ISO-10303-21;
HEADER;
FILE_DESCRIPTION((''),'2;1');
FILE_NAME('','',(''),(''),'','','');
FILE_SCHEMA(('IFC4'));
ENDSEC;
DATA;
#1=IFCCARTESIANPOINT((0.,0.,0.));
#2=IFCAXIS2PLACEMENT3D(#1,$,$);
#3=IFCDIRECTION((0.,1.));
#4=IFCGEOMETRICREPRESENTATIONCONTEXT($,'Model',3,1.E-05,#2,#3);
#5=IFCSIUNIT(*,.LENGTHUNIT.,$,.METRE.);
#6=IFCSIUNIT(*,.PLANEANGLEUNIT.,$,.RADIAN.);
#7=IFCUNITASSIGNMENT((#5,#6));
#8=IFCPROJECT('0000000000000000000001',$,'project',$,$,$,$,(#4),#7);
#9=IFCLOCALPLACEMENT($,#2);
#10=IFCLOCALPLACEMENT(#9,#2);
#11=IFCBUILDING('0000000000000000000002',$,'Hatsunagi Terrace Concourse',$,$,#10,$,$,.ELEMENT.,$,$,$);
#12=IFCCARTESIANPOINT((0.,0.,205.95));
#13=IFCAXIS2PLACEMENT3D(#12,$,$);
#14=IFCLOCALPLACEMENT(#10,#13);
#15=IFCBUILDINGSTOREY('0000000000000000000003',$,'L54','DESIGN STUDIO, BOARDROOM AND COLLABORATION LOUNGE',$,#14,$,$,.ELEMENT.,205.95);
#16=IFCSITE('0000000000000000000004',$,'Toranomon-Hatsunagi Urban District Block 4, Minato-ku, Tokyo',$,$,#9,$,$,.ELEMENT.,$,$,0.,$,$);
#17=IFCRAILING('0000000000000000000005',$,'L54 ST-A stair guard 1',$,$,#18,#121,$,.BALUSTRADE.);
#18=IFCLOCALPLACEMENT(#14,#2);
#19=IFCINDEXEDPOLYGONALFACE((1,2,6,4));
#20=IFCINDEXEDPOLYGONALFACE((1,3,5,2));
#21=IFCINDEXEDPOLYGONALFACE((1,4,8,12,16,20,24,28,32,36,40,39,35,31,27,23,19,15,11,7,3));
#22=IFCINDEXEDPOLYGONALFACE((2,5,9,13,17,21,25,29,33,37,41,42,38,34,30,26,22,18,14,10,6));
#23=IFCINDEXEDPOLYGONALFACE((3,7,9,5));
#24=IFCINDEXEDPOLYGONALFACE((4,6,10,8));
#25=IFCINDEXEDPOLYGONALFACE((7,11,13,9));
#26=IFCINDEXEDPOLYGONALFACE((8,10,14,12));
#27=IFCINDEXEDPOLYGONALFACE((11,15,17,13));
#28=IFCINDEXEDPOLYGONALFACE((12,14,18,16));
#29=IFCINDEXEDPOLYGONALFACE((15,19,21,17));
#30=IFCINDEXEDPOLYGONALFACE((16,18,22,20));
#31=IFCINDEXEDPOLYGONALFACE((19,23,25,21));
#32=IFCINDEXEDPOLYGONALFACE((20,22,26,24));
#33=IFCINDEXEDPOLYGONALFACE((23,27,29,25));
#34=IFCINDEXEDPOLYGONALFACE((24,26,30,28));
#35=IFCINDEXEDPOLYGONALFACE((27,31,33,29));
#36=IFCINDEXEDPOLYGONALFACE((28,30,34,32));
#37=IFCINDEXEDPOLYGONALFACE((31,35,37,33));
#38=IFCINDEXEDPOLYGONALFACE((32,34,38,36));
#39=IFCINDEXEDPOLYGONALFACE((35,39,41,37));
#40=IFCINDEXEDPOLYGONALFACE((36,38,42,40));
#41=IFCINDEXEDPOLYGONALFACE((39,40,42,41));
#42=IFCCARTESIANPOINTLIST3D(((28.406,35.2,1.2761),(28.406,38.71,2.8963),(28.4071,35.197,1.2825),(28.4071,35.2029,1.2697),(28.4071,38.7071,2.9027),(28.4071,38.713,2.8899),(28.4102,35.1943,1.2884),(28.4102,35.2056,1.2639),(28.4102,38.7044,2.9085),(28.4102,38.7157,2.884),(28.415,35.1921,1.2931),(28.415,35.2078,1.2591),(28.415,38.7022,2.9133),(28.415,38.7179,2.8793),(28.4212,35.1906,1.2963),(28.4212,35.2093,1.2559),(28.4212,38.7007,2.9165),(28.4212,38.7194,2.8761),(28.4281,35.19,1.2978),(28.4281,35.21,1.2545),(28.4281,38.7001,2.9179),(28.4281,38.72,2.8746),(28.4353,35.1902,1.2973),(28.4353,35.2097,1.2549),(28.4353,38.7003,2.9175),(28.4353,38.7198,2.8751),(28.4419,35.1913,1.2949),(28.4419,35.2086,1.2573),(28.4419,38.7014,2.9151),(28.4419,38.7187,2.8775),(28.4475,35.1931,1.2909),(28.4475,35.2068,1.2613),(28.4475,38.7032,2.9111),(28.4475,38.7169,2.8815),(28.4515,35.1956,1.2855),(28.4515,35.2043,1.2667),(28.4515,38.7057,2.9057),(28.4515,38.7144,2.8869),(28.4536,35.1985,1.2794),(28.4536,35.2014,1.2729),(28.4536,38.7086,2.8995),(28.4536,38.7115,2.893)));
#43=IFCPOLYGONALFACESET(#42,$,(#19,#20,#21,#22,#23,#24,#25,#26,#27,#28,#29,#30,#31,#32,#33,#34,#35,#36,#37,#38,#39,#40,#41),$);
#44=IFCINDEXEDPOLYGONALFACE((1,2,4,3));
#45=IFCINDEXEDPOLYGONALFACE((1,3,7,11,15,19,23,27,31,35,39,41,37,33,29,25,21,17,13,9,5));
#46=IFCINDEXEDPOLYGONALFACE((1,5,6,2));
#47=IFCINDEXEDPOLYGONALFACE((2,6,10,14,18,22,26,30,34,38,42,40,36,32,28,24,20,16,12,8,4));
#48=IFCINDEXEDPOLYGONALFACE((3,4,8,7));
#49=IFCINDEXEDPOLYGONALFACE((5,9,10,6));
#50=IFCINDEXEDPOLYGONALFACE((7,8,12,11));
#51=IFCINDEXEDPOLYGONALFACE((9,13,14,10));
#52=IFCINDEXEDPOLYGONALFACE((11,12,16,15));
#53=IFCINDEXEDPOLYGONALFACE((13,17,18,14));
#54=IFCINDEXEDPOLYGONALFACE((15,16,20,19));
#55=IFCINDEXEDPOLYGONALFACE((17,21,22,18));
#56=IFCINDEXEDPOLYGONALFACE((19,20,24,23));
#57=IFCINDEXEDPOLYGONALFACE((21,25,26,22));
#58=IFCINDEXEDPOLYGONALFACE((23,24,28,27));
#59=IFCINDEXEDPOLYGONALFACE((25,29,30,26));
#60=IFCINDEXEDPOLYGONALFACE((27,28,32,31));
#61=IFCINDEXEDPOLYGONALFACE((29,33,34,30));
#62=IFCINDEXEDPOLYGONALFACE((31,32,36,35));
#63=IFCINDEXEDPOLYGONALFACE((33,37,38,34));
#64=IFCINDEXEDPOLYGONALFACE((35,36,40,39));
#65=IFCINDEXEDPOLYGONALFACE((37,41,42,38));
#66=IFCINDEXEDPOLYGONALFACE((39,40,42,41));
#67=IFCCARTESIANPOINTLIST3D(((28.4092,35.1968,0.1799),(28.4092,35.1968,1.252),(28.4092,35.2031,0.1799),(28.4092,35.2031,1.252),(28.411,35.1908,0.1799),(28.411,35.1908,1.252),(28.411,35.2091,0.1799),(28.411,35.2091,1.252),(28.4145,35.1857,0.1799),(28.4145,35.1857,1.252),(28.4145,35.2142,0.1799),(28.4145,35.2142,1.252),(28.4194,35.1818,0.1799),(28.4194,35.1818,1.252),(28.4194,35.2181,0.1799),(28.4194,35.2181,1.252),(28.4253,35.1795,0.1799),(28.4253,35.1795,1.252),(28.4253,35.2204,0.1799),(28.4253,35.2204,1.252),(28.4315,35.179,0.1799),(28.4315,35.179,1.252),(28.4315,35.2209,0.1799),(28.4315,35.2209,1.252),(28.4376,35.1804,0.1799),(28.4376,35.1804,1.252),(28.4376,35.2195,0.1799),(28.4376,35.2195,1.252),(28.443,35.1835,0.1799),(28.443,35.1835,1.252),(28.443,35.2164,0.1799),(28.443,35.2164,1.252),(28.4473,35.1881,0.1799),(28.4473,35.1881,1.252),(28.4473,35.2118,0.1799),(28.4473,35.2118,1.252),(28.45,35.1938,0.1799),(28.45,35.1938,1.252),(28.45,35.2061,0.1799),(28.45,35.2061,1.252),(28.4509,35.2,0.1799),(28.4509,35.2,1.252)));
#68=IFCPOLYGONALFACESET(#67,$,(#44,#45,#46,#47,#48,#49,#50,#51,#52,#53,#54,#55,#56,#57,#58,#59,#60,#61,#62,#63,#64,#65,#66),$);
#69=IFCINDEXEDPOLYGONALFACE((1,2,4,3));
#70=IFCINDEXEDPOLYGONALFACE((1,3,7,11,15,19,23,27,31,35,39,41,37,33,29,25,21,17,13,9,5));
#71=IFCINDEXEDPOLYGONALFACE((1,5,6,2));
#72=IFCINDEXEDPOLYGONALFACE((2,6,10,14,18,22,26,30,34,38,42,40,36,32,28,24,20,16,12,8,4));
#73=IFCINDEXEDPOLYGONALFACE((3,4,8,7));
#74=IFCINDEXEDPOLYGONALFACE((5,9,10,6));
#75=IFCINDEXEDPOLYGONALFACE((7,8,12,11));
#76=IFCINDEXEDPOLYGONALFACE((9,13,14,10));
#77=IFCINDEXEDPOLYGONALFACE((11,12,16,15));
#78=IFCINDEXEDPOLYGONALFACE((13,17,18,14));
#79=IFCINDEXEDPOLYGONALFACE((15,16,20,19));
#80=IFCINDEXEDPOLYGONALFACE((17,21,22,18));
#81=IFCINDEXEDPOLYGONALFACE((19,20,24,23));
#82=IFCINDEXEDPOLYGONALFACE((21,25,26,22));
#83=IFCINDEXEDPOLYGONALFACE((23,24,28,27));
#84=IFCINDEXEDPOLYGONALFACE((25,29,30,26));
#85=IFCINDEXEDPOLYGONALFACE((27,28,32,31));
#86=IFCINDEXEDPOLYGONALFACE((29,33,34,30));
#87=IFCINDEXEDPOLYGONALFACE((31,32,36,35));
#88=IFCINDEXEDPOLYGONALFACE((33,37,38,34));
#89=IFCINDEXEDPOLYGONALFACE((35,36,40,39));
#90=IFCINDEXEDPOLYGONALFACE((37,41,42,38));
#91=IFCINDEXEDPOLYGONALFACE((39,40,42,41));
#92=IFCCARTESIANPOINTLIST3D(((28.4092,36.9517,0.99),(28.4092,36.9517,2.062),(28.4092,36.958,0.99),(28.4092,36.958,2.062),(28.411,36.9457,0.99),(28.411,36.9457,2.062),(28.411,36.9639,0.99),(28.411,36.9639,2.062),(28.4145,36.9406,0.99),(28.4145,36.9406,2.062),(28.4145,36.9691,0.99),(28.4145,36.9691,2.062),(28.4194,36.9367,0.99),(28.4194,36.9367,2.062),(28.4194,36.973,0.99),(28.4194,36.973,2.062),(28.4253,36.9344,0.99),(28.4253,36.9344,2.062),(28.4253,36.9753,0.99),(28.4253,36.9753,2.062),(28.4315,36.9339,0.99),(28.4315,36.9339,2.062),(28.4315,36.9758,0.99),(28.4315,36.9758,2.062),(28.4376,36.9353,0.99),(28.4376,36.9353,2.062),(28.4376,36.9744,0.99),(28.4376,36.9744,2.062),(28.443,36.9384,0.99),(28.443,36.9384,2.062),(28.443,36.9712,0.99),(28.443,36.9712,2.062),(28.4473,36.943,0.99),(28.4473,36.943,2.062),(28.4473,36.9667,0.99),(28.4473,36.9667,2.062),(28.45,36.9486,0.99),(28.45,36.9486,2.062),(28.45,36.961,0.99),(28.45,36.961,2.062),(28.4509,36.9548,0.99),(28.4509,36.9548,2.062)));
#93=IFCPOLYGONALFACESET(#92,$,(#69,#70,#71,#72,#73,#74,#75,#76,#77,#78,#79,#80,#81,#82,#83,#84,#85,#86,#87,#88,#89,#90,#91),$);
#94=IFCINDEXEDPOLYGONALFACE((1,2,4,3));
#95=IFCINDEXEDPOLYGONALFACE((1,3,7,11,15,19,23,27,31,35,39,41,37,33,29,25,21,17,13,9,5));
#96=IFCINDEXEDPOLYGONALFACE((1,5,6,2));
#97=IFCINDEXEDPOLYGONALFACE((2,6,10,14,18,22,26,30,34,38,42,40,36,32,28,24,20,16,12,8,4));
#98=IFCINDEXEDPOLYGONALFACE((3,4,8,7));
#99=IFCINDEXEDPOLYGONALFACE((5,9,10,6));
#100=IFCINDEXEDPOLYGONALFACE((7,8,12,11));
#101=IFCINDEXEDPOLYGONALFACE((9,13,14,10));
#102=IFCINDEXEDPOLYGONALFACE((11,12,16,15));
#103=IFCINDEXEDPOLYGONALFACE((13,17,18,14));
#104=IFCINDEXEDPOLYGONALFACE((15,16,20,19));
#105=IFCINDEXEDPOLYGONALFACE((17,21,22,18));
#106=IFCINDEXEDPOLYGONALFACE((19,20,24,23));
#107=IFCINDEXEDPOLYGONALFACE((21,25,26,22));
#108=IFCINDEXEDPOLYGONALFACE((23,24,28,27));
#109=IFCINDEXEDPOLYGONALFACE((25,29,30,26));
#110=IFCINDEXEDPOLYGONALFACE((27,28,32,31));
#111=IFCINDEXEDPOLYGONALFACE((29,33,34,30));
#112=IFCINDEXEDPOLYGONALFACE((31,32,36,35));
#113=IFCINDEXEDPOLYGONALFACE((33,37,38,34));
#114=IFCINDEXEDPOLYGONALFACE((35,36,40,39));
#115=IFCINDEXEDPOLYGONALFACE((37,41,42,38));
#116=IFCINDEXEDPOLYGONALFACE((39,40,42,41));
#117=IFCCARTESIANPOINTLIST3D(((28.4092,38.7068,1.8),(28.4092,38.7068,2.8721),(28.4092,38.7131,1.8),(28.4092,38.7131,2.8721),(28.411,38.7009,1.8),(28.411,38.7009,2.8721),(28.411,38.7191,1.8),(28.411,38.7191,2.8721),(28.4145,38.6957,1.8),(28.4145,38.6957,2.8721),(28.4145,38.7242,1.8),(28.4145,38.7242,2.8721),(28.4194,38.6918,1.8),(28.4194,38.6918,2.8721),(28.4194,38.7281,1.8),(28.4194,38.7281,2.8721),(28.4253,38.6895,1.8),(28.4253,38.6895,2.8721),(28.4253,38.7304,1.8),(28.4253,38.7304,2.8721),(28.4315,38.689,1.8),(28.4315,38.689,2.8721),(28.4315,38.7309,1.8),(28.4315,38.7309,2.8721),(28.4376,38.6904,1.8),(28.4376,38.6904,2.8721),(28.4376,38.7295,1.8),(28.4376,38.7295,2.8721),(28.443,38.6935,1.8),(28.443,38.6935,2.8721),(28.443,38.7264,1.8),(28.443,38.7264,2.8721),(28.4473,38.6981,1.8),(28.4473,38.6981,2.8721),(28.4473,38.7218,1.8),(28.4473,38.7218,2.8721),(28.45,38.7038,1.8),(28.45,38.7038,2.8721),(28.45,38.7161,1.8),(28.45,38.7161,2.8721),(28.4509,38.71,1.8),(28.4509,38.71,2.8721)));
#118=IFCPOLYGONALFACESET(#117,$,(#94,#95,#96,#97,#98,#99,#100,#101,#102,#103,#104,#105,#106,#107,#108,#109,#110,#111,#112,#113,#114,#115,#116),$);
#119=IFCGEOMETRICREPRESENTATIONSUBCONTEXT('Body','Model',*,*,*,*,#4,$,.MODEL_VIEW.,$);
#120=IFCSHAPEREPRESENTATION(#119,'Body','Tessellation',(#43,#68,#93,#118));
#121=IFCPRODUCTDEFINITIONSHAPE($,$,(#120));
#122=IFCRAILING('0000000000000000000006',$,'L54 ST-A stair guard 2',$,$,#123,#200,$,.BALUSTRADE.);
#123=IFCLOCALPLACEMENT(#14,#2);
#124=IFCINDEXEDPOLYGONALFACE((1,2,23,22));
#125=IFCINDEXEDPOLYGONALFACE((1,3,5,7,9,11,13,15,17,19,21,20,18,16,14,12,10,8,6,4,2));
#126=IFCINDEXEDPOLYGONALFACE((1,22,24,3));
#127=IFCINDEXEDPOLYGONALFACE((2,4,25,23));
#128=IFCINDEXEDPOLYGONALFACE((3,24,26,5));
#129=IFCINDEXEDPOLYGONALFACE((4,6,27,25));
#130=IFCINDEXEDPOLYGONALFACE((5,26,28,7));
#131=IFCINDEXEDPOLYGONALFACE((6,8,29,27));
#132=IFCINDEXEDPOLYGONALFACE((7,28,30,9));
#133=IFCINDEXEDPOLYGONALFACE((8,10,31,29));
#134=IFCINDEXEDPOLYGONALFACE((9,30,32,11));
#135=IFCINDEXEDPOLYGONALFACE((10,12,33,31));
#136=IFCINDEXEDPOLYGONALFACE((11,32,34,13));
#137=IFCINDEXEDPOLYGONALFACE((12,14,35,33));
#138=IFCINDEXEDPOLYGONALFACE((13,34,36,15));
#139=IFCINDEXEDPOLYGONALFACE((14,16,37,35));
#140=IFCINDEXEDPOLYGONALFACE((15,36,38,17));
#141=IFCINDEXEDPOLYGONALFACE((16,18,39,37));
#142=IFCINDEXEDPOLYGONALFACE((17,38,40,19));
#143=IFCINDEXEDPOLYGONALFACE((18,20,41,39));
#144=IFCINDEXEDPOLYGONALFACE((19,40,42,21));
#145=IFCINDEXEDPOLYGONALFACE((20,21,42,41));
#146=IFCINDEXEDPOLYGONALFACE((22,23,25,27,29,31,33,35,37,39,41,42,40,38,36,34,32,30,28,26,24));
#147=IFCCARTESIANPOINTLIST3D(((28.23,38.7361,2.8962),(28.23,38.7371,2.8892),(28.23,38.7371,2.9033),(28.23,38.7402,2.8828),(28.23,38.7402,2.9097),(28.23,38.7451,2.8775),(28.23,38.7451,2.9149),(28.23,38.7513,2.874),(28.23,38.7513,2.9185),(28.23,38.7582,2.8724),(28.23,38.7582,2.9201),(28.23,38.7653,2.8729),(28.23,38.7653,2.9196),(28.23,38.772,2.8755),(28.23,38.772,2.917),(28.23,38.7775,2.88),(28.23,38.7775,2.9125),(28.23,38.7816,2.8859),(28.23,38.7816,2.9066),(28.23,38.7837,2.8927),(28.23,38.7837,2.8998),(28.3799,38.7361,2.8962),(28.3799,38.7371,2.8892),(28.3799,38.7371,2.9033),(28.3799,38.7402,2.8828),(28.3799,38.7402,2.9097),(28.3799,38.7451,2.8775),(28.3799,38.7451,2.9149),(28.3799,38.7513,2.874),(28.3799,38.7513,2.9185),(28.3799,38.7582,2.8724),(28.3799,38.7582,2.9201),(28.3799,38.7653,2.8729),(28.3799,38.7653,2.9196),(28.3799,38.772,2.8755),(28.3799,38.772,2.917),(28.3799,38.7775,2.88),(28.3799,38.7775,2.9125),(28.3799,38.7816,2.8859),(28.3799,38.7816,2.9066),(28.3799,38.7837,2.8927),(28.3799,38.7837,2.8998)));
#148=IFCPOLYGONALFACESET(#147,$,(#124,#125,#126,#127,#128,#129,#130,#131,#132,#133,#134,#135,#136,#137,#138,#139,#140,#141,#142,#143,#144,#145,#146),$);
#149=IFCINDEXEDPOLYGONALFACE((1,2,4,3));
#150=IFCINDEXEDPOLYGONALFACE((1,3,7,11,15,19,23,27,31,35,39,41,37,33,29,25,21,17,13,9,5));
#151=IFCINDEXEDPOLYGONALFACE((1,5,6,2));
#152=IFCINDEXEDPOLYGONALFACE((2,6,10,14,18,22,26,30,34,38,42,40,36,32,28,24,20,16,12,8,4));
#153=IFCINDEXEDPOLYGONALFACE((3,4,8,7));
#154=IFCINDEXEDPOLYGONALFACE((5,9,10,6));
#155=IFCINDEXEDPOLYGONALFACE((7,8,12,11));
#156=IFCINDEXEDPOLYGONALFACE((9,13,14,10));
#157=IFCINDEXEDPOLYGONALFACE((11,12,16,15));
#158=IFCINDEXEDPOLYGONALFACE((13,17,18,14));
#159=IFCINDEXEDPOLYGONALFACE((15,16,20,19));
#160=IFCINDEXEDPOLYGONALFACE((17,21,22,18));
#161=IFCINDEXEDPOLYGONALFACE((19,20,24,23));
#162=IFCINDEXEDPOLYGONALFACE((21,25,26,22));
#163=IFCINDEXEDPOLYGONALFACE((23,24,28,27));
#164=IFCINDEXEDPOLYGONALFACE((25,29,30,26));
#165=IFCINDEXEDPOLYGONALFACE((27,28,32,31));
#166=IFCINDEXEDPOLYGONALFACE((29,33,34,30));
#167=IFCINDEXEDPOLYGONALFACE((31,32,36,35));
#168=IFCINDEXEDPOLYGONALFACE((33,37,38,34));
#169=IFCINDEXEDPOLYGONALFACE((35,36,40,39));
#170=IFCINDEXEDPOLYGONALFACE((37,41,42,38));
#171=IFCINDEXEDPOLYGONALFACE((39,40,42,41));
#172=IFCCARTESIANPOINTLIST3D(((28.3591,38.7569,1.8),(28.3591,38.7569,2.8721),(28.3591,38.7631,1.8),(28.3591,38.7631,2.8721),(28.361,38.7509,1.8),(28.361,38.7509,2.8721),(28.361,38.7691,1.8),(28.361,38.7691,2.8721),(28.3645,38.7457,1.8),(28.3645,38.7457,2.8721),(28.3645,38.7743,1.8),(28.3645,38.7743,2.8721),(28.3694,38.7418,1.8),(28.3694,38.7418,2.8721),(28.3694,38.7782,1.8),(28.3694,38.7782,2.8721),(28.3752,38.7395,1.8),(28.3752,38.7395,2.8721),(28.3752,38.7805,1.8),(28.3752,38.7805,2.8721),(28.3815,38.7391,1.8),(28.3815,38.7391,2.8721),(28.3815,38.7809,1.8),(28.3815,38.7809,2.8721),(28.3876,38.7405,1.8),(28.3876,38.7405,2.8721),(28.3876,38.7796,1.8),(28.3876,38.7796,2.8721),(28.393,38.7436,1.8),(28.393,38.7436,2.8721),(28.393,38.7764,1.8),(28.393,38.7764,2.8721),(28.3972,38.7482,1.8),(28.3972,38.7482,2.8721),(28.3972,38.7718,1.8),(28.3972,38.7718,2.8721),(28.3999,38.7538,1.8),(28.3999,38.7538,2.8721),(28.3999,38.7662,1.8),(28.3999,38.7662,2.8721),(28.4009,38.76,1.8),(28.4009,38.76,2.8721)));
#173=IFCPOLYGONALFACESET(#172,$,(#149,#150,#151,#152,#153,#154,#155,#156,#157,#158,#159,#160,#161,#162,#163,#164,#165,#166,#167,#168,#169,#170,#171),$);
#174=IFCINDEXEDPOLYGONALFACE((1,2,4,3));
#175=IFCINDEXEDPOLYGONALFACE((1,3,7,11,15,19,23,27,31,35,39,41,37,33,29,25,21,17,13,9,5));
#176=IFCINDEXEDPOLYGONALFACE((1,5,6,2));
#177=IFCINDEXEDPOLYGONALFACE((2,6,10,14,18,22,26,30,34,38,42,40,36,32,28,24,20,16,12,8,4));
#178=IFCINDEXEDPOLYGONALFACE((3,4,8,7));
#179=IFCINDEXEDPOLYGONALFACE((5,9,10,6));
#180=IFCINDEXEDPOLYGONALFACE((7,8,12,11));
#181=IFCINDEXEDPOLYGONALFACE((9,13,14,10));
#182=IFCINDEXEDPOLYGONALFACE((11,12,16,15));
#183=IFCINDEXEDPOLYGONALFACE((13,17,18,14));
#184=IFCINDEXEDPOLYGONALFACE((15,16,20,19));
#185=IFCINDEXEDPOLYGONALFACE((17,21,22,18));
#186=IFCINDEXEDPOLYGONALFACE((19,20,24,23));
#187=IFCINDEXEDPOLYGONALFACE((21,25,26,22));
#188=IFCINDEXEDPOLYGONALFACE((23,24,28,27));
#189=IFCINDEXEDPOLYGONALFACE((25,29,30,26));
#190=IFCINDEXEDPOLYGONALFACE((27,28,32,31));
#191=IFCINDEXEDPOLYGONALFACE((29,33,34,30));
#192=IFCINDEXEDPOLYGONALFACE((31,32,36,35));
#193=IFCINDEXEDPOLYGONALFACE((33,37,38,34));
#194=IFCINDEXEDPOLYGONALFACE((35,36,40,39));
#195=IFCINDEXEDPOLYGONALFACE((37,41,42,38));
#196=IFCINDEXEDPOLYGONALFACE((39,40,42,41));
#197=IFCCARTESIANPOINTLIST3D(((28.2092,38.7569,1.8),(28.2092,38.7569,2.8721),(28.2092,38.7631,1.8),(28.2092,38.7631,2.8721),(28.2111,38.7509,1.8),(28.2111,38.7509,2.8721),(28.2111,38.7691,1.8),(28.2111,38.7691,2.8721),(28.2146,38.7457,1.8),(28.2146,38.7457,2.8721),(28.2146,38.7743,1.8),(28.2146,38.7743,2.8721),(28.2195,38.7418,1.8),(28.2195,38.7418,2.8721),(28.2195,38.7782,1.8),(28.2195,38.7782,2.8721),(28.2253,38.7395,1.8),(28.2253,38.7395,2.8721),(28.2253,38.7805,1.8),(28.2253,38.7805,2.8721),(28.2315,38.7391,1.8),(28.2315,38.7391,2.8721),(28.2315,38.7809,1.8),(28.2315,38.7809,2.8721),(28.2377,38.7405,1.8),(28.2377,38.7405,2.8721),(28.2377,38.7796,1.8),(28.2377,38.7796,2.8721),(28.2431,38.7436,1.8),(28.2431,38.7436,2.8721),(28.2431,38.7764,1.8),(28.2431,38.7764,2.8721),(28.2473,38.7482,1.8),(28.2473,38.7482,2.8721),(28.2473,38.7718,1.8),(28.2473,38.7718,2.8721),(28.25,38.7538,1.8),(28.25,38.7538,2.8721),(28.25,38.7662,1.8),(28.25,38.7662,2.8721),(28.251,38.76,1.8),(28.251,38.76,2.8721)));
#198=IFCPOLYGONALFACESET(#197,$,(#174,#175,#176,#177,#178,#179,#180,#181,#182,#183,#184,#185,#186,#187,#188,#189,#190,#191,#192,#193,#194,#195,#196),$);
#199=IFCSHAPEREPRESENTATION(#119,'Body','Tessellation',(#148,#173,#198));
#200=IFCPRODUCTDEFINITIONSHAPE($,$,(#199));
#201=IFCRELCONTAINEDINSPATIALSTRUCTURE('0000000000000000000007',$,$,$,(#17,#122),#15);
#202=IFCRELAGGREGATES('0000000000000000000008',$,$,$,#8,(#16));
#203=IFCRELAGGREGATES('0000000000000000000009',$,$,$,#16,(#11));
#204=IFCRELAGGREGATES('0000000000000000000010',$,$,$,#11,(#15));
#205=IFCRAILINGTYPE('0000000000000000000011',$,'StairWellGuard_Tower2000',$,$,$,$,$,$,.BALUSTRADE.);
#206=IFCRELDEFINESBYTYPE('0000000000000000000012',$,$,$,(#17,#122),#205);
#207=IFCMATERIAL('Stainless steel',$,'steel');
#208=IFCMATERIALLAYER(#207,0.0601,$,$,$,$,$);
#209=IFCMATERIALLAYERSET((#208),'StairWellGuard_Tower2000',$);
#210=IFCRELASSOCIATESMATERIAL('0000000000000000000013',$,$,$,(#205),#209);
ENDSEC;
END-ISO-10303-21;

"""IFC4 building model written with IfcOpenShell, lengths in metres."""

from ifc_helpers import new_model, si_unit, direction, frame, origin, origin_2d, place, context, subcontext, project, spatial, circle, extrude, material, layer, layer_set, type_object, element, save


model = new_model("IFC4")

# Units and contexts
model_context = context("Model", 3, precision=1e-05, world=origin(), true_north=direction((0.0, 1.0)))
body_context = subcontext(model_context, "Body", "Model", "MODEL_VIEW")
ifc_project = project(units=[si_unit("LENGTHUNIT", "METRE"), si_unit("PLANEANGLEUNIT", "RADIAN")], contexts=[model_context])

# Site, building, storey
site_placement = place(None, origin())
site = spatial("IfcSite", under=ifc_project, at=site_placement, Name="Toranomon-Hatsunagi Urban District Block 4, Minato-ku, Tokyo", CompositionType="ELEMENT", RefElevation=0.0)
building_placement = place(site_placement, origin())
building = spatial("IfcBuilding", under=site, at=building_placement, Name="Hatsunagi Terrace Concourse", CompositionType="ELEMENT")
storey_placement = place(building_placement, frame((0.0, 0.0, 205.95)))
storey = spatial("IfcBuildingStorey", under=building, at=storey_placement, Name="L54", Description="DESIGN STUDIO, BOARDROOM AND COLLABORATION LOUNGE", CompositionType="ELEMENT", Elevation=205.95)

# Railings
ifc_material_1 = material(Name="Stainless steel", Category="steel")
ifc_layer_1 = layer(ifc_material_1, 0.0601)
ifc_layer_set_1 = layer_set([ifc_layer_1], Name="StairWellGuard_Tower2000")
railing_type_1 = type_object("IfcRailingType", Name="StairWellGuard_Tower2000", PredefinedType="BALUSTRADE", material=ifc_layer_set_1)
railing_1_placement = place(storey_placement, frame((28.4299, 35.2, 0.1799)))
element("IfcRailing", 1, at=railing_1_placement, inside=storey, type_object=railing_type_1, Name="L54 ST-A stair guard 1", PredefinedType="BALUSTRADE", context=body_context, shape_type="SweptSolid", body=[
    extrude(circle(Radius=0.0239, at=origin_2d()), frame((0.0, 0.0, 1.0962), z_axis=(0.0, 0.907948, 0.419082), x_axis=(-1.0, 0.0, 0.0)), (0.0, 0.0, 1.0), 3.866),
    extrude(circle(Radius=0.021, at=origin_2d()), origin(), (0.0, 0.0, 1.0), 1.072),
    extrude(circle(Radius=0.021, at=origin_2d()), frame((0.0, 1.7549, 0.8101)), (0.0, 0.0, 1.0), 1.072),
    extrude(circle(Radius=0.021, at=origin_2d()), frame((0.0, 3.51, 1.6201)), (0.0, 0.0, 1.0), 1.072),
])
railing_2_placement = place(storey_placement, frame((28.3799, 38.76, 1.8)))
element("IfcRailing", 2, at=railing_2_placement, inside=storey, type_object=railing_type_1, Name="L54 ST-A stair guard 2", PredefinedType="BALUSTRADE", context=body_context, shape_type="SweptSolid", body=[
    extrude(circle(Radius=0.0239, at=origin_2d()), frame((0.0, 0.0, 1.0962), z_axis=(-1.0, 0.0, 0.0), x_axis=(0.0, -1.0, 0.0)), (0.0, 0.0, 1.0), 0.1499),
    extrude(circle(Radius=0.021, at=origin_2d()), origin(), (0.0, 0.0, 1.0), 1.072),
    extrude(circle(Radius=0.021, at=origin_2d()), frame((-0.1499, 0.0, 0.0)), (0.0, 0.0, 1.0), 1.072),
])

save(model, "model.ifc")
